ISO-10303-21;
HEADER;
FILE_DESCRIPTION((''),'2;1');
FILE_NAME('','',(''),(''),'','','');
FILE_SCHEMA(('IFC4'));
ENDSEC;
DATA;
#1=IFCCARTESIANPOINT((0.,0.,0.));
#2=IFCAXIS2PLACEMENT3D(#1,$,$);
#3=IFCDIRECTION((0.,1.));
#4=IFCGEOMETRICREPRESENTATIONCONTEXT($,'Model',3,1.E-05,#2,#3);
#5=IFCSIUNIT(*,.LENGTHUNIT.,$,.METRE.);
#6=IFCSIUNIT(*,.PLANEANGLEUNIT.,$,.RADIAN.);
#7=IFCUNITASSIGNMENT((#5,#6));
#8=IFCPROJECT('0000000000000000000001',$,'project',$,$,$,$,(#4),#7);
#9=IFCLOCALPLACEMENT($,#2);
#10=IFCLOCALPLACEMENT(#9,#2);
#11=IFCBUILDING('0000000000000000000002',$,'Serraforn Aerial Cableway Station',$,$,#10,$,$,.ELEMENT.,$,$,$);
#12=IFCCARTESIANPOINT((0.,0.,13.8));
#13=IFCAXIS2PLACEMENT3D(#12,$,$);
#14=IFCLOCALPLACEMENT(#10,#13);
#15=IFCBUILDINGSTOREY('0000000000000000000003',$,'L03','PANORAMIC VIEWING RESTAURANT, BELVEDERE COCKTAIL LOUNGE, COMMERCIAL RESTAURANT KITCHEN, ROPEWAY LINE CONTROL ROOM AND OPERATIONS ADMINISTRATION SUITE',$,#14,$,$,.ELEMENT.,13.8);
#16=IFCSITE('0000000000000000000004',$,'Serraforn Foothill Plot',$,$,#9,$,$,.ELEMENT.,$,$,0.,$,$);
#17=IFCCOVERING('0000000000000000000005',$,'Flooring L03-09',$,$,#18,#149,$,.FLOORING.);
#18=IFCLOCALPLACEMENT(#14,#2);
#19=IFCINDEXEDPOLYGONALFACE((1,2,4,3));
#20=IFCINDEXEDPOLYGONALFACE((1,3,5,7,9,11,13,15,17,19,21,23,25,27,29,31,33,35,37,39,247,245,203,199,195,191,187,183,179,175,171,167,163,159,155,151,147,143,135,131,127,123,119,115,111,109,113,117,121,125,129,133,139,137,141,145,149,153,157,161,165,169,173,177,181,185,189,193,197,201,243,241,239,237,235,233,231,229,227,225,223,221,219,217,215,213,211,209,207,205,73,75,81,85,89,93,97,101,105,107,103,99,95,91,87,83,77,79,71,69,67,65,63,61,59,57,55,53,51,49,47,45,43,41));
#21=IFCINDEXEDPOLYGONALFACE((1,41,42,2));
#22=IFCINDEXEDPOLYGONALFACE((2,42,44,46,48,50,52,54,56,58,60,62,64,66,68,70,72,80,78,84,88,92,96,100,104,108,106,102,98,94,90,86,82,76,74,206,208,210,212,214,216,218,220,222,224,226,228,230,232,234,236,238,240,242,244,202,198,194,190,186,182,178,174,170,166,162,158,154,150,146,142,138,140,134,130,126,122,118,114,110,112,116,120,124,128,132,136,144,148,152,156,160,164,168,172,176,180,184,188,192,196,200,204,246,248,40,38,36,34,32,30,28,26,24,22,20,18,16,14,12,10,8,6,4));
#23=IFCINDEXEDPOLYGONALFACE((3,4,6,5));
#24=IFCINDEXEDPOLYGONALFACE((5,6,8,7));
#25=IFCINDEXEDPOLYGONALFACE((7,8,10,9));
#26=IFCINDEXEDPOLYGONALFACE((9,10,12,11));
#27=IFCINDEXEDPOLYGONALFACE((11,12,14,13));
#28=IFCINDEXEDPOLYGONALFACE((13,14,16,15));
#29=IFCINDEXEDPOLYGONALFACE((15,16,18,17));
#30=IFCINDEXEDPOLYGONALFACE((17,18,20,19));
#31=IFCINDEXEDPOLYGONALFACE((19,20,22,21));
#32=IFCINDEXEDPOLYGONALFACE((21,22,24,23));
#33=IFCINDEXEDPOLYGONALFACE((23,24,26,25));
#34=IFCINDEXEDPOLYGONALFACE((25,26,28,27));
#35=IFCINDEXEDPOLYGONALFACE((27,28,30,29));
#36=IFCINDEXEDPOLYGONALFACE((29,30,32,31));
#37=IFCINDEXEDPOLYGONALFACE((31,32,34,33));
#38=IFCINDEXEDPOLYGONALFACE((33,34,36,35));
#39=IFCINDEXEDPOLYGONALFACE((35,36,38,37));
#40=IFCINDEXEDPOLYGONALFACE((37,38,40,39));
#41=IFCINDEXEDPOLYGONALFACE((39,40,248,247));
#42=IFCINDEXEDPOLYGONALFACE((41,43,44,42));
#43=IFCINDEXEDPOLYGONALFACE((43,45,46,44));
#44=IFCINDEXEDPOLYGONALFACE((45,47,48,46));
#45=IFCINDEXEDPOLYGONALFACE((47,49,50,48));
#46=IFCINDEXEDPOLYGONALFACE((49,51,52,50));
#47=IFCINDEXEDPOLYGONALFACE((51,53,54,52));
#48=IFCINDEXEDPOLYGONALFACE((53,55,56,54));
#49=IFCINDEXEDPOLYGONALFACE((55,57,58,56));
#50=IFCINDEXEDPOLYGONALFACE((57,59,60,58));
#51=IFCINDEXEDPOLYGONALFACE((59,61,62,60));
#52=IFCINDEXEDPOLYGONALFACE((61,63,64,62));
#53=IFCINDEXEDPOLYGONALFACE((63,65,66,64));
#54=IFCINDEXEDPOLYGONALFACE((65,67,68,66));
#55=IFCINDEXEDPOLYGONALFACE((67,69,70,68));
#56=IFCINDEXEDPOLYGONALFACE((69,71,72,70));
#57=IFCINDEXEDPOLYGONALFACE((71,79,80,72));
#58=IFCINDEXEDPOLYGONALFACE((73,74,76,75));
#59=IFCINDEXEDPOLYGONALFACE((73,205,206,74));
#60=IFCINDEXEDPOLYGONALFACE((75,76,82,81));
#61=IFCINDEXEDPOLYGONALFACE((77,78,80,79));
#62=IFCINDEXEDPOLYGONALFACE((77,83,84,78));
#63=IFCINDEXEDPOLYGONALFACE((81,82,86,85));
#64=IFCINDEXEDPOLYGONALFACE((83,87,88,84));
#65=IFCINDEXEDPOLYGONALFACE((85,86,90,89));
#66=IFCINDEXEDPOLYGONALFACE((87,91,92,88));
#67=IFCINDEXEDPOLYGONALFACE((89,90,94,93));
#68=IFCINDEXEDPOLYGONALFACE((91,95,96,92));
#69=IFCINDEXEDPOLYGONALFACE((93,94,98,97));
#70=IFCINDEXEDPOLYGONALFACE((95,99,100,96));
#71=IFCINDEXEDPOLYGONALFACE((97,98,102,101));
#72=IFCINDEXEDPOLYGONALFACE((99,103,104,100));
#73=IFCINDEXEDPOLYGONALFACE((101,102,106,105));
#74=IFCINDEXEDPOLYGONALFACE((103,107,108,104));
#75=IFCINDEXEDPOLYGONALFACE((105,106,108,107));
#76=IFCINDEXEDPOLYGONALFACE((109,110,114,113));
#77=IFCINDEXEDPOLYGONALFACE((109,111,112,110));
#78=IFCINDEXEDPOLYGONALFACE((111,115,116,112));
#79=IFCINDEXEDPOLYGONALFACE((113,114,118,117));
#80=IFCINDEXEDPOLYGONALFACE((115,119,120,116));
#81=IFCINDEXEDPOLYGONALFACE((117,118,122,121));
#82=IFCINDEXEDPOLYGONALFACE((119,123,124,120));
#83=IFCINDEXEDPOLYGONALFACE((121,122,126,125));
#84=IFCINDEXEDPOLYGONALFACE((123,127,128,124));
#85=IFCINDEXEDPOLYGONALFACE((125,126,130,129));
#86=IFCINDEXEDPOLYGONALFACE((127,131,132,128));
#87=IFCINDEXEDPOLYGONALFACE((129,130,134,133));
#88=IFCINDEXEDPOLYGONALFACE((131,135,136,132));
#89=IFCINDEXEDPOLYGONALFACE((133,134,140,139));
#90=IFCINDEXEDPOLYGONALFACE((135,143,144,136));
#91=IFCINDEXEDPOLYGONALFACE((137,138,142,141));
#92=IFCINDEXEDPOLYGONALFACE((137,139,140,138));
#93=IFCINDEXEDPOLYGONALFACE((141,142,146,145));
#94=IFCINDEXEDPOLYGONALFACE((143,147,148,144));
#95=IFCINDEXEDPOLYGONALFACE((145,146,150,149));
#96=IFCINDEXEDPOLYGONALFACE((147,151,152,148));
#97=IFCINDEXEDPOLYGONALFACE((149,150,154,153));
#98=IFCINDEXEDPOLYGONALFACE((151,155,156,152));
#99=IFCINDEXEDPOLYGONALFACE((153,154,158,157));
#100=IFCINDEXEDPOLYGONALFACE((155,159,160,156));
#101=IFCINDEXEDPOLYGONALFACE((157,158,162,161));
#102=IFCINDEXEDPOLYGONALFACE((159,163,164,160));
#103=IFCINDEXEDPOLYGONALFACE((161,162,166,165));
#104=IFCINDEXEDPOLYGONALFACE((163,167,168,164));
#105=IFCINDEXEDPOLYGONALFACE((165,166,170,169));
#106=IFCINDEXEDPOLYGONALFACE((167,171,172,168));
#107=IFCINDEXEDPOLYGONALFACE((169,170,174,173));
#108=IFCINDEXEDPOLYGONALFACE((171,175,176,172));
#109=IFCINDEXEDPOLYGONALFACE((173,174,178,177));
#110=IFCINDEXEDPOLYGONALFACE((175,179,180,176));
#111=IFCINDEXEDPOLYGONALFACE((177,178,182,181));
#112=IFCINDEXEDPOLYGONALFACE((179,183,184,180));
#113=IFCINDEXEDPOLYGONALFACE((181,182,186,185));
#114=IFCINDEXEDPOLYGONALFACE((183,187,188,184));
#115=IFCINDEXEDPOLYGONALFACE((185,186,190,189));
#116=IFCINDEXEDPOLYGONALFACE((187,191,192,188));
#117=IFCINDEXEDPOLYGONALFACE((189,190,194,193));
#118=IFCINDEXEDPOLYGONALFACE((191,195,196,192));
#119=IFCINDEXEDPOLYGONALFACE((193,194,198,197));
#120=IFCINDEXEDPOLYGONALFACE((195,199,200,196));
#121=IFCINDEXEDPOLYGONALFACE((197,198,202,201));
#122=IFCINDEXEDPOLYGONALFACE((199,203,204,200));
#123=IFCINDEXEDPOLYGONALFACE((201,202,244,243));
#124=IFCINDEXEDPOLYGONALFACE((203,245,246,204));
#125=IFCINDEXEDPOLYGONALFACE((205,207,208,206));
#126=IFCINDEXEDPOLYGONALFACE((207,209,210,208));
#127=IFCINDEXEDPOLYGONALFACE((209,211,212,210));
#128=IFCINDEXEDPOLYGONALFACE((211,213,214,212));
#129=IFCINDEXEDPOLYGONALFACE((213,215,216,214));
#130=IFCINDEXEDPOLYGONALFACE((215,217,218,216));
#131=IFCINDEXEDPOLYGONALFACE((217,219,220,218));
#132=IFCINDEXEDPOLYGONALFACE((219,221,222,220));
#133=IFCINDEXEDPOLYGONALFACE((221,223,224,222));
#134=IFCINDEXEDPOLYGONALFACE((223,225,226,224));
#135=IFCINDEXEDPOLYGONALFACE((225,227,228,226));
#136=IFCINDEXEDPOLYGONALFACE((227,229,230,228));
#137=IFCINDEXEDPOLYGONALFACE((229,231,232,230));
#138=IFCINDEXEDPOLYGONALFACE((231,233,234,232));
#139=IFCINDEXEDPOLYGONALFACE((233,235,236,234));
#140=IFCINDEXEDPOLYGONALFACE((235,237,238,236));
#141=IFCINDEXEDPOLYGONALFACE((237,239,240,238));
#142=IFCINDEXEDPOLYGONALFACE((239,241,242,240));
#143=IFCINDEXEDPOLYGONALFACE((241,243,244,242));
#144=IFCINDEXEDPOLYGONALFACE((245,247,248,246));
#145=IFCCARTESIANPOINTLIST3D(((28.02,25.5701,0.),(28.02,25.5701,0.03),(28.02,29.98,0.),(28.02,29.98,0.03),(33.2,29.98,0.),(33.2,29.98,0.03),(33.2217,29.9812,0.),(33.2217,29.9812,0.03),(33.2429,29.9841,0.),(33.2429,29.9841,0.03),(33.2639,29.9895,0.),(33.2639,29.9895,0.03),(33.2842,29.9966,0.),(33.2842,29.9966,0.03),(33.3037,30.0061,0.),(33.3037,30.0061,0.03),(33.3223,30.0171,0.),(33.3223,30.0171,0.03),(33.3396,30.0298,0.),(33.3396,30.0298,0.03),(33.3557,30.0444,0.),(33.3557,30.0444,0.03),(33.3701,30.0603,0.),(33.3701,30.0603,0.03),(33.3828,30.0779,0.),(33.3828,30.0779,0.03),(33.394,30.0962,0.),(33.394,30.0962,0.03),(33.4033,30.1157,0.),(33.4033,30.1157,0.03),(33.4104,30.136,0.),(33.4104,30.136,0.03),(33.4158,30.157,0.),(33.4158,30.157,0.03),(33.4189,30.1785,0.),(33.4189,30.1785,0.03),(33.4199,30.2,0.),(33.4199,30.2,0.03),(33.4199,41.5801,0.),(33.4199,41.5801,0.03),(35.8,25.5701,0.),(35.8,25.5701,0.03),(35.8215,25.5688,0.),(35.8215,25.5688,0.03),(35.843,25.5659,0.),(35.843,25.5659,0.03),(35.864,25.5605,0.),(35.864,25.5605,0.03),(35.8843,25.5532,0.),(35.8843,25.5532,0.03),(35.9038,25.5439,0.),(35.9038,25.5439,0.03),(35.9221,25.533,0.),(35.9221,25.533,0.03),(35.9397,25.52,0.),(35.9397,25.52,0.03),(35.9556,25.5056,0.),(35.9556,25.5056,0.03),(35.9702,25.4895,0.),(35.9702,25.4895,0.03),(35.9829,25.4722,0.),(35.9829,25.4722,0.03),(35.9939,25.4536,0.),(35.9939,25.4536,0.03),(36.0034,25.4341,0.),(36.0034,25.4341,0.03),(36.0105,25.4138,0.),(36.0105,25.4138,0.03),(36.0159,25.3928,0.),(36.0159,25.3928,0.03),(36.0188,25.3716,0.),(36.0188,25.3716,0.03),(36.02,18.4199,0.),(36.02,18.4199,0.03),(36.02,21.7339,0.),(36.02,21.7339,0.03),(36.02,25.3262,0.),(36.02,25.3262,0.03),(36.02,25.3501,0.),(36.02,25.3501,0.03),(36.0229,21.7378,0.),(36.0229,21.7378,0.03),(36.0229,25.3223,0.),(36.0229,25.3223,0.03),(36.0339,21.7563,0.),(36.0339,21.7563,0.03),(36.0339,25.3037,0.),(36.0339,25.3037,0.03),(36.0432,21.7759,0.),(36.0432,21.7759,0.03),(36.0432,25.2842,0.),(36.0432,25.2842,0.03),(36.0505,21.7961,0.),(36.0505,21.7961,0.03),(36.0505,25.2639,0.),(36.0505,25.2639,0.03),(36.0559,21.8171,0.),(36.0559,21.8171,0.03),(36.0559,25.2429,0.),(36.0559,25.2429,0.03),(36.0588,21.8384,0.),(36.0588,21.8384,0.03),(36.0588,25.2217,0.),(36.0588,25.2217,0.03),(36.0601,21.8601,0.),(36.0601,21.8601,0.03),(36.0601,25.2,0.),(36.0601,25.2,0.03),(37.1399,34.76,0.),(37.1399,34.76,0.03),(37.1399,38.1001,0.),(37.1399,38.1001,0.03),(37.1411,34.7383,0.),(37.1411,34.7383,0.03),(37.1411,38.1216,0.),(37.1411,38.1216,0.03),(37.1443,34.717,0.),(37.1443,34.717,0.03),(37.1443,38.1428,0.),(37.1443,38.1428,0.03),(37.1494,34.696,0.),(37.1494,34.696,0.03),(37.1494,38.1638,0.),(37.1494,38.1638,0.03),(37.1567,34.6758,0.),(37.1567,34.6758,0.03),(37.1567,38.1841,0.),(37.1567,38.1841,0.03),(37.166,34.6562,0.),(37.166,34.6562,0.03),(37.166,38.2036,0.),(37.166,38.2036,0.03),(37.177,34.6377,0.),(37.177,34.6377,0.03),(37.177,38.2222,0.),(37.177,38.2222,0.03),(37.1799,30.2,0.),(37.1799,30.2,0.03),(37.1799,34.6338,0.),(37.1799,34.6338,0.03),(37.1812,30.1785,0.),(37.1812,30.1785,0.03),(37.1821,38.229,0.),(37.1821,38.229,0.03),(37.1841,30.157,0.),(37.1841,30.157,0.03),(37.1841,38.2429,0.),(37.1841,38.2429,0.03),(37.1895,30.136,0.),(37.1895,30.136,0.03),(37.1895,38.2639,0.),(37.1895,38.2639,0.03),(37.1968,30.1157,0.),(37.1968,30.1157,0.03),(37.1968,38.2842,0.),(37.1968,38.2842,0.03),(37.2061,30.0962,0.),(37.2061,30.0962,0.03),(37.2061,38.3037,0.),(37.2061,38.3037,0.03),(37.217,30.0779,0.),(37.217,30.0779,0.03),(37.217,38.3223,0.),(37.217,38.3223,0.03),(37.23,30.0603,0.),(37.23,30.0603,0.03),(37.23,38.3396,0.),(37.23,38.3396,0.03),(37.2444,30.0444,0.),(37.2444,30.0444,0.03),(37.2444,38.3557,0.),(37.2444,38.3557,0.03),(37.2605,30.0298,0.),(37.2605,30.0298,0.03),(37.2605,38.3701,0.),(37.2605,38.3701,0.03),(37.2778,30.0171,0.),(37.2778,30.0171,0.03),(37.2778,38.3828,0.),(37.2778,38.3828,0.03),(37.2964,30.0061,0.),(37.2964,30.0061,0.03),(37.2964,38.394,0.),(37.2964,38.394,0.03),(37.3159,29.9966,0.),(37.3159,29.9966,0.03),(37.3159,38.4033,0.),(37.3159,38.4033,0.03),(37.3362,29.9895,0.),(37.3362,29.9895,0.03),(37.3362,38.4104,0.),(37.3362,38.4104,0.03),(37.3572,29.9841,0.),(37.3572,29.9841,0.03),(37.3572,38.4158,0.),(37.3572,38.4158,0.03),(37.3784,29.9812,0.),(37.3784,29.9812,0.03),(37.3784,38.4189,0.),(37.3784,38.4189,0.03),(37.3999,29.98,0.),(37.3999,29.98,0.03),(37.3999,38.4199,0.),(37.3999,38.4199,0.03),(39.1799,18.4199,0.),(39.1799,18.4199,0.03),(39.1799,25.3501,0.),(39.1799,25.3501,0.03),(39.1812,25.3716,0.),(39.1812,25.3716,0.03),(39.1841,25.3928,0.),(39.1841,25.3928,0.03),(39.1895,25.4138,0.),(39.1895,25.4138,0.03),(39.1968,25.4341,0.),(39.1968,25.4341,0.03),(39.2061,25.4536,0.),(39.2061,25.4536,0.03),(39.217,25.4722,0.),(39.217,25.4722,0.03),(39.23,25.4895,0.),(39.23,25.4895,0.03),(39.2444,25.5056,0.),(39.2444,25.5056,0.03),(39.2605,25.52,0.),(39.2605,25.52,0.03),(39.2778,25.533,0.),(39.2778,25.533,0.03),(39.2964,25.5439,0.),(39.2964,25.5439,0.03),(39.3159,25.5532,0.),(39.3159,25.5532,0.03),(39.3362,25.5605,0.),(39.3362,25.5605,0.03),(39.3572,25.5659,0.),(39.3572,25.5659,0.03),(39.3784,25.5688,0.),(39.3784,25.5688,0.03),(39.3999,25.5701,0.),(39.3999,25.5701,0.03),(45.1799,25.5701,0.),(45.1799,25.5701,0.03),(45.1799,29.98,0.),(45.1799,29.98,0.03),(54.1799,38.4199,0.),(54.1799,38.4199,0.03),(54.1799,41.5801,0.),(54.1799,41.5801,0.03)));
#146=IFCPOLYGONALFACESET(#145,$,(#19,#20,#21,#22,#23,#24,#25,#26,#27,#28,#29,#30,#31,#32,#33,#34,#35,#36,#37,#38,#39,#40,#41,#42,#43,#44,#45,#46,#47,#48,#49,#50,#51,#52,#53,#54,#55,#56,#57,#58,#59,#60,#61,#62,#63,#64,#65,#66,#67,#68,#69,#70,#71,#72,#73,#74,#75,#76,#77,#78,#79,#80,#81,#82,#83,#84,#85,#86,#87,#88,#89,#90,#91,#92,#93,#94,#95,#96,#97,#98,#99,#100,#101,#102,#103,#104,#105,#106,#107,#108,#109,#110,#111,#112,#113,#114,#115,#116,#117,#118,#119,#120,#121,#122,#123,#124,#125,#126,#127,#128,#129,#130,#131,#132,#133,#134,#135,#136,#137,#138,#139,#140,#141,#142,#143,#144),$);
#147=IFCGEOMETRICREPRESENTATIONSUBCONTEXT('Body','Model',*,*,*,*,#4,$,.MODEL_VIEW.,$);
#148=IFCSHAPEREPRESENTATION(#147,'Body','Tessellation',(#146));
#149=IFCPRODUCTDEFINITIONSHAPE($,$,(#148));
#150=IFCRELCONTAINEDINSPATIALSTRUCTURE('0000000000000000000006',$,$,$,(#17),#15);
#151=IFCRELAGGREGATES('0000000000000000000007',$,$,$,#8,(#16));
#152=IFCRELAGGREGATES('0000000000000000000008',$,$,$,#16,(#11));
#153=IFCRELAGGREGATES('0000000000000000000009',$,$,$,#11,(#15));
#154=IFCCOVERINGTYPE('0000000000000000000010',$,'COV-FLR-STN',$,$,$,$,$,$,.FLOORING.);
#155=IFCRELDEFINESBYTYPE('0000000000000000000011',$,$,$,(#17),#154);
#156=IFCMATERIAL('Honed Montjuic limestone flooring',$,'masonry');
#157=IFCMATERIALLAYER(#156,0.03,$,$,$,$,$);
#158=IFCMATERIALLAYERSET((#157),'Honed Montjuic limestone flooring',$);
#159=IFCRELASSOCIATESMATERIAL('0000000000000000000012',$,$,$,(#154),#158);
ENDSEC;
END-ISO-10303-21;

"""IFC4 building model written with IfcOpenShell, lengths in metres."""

from ifc_helpers import new_model, si_unit, direction, frame, origin, place, context, subcontext, project, spatial, polyline, outline, extrude, material, layer, layer_set, type_object, element, save


model = new_model("IFC4")

# Units and contexts
model_context = context("Model", 3, precision=1e-05, world=origin(), true_north=direction((0.0, 1.0)))
body_context = subcontext(model_context, "Body", "Model", "MODEL_VIEW")
ifc_project = project(units=[si_unit("LENGTHUNIT", "METRE"), si_unit("PLANEANGLEUNIT", "RADIAN")], contexts=[model_context])

# Site, building, storey
site_placement = place(None, origin())
site = spatial("IfcSite", under=ifc_project, at=site_placement, Name="Serraforn Foothill Plot", CompositionType="ELEMENT", RefElevation=0.0)
building_placement = place(site_placement, origin())
building = spatial("IfcBuilding", under=site, at=building_placement, Name="Serraforn Aerial Cableway Station", CompositionType="ELEMENT")
storey_placement = place(building_placement, frame((0.0, 0.0, 13.8)))
storey = spatial("IfcBuildingStorey", under=building, at=storey_placement, Name="L03", Description="PANORAMIC VIEWING RESTAURANT, BELVEDERE COCKTAIL LOUNGE, COMMERCIAL RESTAURANT KITCHEN, ROPEWAY LINE CONTROL ROOM AND OPERATIONS ADMINISTRATION SUITE", CompositionType="ELEMENT", Elevation=13.8)

# Covering
ifc_material_1 = material(Name="Honed Montjuic limestone flooring", Category="masonry")
ifc_layer_1 = layer(ifc_material_1, 0.03)
ifc_layer_set_1 = layer_set([ifc_layer_1], Name="Honed Montjuic limestone flooring")
covering_type_1 = type_object("IfcCoveringType", Name="COV-FLR-STN", PredefinedType="FLOORING", material=ifc_layer_set_1)
covering_1_placement = place(storey_placement, origin())
element("IfcCovering", 1, at=covering_1_placement, inside=storey, type_object=covering_type_1, Name="Flooring L03-09", PredefinedType="FLOORING", context=body_context, shape_type="SweptSolid", body=[
    extrude(outline(polyline([(36.02, 21.7339), (36.0229, 21.7378), (36.0339, 21.7563), (36.0432, 21.7759), (36.0505, 21.7961), (36.0559, 21.8171), (36.0588, 21.8384), (36.0601, 21.8601), (36.0601, 25.2), (36.0588, 25.2217), (36.0559, 25.2429), (36.0505, 25.2639), (36.0432, 25.2842), (36.0339, 25.3037), (36.0229, 25.3223), (36.02, 25.3262), (36.02, 25.3501), (36.0188, 25.3716), (36.0159, 25.3928), (36.0105, 25.4138), (36.0034, 25.4341), (35.9939, 25.4536), (35.9829, 25.4722), (35.9702, 25.4895), (35.9556, 25.5056), (35.9397, 25.52), (35.9221, 25.533), (35.9038, 25.5439), (35.8843, 25.5532), (35.864, 25.5605), (35.843, 25.5659), (35.8215, 25.5688), (35.8, 25.5701), (28.02, 25.5701), (28.02, 29.98), (33.2, 29.98), (33.2217, 29.9812), (33.2429, 29.9841), (33.2639, 29.9895), (33.2842, 29.9966), (33.3037, 30.0061), (33.3223, 30.0171), (33.3396, 30.0298), (33.3557, 30.0444), (33.3701, 30.0603), (33.3828, 30.0779), (33.394, 30.0962), (33.4033, 30.1157), (33.4104, 30.136), (33.4158, 30.157), (33.4189, 30.1785), (33.4199, 30.2), (33.4199, 41.5801), (54.1799, 41.5801), (54.1799, 38.4199), (37.3999, 38.4199), (37.3784, 38.4189), (37.3572, 38.4158), (37.3362, 38.4104), (37.3159, 38.4033), (37.2964, 38.394), (37.2778, 38.3828), (37.2605, 38.3701), (37.2444, 38.3557), (37.23, 38.3396), (37.217, 38.3223), (37.2061, 38.3037), (37.1968, 38.2842), (37.1895, 38.2639), (37.1841, 38.2429), (37.1821, 38.229), (37.177, 38.2222), (37.166, 38.2036), (37.1567, 38.1841), (37.1494, 38.1638), (37.1443, 38.1428), (37.1411, 38.1216), (37.1399, 38.1001), (37.1399, 34.76), (37.1411, 34.7383), (37.1443, 34.717), (37.1494, 34.696), (37.1567, 34.6758), (37.166, 34.6562), (37.177, 34.6377), (37.1799, 34.6338), (37.1799, 30.2), (37.1812, 30.1785), (37.1841, 30.157), (37.1895, 30.136), (37.1968, 30.1157), (37.2061, 30.0962), (37.217, 30.0779), (37.23, 30.0603), (37.2444, 30.0444), (37.2605, 30.0298), (37.2778, 30.0171), (37.2964, 30.0061), (37.3159, 29.9966), (37.3362, 29.9895), (37.3572, 29.9841), (37.3784, 29.9812), (37.3999, 29.98), (45.1799, 29.98), (45.1799, 25.5701), (39.3999, 25.5701), (39.3784, 25.5688), (39.3572, 25.5659), (39.3362, 25.5605), (39.3159, 25.5532), (39.2964, 25.5439), (39.2778, 25.533), (39.2605, 25.52), (39.2444, 25.5056), (39.23, 25.4895), (39.217, 25.4722), (39.2061, 25.4536), (39.1968, 25.4341), (39.1895, 25.4138), (39.1841, 25.3928), (39.1812, 25.3716), (39.1799, 25.3501), (39.1799, 18.4199), (36.02, 18.4199), (36.02, 21.7339)])), origin(), (0.0, 0.0, 1.0), 0.03),
])

save(model, "model.ifc")
